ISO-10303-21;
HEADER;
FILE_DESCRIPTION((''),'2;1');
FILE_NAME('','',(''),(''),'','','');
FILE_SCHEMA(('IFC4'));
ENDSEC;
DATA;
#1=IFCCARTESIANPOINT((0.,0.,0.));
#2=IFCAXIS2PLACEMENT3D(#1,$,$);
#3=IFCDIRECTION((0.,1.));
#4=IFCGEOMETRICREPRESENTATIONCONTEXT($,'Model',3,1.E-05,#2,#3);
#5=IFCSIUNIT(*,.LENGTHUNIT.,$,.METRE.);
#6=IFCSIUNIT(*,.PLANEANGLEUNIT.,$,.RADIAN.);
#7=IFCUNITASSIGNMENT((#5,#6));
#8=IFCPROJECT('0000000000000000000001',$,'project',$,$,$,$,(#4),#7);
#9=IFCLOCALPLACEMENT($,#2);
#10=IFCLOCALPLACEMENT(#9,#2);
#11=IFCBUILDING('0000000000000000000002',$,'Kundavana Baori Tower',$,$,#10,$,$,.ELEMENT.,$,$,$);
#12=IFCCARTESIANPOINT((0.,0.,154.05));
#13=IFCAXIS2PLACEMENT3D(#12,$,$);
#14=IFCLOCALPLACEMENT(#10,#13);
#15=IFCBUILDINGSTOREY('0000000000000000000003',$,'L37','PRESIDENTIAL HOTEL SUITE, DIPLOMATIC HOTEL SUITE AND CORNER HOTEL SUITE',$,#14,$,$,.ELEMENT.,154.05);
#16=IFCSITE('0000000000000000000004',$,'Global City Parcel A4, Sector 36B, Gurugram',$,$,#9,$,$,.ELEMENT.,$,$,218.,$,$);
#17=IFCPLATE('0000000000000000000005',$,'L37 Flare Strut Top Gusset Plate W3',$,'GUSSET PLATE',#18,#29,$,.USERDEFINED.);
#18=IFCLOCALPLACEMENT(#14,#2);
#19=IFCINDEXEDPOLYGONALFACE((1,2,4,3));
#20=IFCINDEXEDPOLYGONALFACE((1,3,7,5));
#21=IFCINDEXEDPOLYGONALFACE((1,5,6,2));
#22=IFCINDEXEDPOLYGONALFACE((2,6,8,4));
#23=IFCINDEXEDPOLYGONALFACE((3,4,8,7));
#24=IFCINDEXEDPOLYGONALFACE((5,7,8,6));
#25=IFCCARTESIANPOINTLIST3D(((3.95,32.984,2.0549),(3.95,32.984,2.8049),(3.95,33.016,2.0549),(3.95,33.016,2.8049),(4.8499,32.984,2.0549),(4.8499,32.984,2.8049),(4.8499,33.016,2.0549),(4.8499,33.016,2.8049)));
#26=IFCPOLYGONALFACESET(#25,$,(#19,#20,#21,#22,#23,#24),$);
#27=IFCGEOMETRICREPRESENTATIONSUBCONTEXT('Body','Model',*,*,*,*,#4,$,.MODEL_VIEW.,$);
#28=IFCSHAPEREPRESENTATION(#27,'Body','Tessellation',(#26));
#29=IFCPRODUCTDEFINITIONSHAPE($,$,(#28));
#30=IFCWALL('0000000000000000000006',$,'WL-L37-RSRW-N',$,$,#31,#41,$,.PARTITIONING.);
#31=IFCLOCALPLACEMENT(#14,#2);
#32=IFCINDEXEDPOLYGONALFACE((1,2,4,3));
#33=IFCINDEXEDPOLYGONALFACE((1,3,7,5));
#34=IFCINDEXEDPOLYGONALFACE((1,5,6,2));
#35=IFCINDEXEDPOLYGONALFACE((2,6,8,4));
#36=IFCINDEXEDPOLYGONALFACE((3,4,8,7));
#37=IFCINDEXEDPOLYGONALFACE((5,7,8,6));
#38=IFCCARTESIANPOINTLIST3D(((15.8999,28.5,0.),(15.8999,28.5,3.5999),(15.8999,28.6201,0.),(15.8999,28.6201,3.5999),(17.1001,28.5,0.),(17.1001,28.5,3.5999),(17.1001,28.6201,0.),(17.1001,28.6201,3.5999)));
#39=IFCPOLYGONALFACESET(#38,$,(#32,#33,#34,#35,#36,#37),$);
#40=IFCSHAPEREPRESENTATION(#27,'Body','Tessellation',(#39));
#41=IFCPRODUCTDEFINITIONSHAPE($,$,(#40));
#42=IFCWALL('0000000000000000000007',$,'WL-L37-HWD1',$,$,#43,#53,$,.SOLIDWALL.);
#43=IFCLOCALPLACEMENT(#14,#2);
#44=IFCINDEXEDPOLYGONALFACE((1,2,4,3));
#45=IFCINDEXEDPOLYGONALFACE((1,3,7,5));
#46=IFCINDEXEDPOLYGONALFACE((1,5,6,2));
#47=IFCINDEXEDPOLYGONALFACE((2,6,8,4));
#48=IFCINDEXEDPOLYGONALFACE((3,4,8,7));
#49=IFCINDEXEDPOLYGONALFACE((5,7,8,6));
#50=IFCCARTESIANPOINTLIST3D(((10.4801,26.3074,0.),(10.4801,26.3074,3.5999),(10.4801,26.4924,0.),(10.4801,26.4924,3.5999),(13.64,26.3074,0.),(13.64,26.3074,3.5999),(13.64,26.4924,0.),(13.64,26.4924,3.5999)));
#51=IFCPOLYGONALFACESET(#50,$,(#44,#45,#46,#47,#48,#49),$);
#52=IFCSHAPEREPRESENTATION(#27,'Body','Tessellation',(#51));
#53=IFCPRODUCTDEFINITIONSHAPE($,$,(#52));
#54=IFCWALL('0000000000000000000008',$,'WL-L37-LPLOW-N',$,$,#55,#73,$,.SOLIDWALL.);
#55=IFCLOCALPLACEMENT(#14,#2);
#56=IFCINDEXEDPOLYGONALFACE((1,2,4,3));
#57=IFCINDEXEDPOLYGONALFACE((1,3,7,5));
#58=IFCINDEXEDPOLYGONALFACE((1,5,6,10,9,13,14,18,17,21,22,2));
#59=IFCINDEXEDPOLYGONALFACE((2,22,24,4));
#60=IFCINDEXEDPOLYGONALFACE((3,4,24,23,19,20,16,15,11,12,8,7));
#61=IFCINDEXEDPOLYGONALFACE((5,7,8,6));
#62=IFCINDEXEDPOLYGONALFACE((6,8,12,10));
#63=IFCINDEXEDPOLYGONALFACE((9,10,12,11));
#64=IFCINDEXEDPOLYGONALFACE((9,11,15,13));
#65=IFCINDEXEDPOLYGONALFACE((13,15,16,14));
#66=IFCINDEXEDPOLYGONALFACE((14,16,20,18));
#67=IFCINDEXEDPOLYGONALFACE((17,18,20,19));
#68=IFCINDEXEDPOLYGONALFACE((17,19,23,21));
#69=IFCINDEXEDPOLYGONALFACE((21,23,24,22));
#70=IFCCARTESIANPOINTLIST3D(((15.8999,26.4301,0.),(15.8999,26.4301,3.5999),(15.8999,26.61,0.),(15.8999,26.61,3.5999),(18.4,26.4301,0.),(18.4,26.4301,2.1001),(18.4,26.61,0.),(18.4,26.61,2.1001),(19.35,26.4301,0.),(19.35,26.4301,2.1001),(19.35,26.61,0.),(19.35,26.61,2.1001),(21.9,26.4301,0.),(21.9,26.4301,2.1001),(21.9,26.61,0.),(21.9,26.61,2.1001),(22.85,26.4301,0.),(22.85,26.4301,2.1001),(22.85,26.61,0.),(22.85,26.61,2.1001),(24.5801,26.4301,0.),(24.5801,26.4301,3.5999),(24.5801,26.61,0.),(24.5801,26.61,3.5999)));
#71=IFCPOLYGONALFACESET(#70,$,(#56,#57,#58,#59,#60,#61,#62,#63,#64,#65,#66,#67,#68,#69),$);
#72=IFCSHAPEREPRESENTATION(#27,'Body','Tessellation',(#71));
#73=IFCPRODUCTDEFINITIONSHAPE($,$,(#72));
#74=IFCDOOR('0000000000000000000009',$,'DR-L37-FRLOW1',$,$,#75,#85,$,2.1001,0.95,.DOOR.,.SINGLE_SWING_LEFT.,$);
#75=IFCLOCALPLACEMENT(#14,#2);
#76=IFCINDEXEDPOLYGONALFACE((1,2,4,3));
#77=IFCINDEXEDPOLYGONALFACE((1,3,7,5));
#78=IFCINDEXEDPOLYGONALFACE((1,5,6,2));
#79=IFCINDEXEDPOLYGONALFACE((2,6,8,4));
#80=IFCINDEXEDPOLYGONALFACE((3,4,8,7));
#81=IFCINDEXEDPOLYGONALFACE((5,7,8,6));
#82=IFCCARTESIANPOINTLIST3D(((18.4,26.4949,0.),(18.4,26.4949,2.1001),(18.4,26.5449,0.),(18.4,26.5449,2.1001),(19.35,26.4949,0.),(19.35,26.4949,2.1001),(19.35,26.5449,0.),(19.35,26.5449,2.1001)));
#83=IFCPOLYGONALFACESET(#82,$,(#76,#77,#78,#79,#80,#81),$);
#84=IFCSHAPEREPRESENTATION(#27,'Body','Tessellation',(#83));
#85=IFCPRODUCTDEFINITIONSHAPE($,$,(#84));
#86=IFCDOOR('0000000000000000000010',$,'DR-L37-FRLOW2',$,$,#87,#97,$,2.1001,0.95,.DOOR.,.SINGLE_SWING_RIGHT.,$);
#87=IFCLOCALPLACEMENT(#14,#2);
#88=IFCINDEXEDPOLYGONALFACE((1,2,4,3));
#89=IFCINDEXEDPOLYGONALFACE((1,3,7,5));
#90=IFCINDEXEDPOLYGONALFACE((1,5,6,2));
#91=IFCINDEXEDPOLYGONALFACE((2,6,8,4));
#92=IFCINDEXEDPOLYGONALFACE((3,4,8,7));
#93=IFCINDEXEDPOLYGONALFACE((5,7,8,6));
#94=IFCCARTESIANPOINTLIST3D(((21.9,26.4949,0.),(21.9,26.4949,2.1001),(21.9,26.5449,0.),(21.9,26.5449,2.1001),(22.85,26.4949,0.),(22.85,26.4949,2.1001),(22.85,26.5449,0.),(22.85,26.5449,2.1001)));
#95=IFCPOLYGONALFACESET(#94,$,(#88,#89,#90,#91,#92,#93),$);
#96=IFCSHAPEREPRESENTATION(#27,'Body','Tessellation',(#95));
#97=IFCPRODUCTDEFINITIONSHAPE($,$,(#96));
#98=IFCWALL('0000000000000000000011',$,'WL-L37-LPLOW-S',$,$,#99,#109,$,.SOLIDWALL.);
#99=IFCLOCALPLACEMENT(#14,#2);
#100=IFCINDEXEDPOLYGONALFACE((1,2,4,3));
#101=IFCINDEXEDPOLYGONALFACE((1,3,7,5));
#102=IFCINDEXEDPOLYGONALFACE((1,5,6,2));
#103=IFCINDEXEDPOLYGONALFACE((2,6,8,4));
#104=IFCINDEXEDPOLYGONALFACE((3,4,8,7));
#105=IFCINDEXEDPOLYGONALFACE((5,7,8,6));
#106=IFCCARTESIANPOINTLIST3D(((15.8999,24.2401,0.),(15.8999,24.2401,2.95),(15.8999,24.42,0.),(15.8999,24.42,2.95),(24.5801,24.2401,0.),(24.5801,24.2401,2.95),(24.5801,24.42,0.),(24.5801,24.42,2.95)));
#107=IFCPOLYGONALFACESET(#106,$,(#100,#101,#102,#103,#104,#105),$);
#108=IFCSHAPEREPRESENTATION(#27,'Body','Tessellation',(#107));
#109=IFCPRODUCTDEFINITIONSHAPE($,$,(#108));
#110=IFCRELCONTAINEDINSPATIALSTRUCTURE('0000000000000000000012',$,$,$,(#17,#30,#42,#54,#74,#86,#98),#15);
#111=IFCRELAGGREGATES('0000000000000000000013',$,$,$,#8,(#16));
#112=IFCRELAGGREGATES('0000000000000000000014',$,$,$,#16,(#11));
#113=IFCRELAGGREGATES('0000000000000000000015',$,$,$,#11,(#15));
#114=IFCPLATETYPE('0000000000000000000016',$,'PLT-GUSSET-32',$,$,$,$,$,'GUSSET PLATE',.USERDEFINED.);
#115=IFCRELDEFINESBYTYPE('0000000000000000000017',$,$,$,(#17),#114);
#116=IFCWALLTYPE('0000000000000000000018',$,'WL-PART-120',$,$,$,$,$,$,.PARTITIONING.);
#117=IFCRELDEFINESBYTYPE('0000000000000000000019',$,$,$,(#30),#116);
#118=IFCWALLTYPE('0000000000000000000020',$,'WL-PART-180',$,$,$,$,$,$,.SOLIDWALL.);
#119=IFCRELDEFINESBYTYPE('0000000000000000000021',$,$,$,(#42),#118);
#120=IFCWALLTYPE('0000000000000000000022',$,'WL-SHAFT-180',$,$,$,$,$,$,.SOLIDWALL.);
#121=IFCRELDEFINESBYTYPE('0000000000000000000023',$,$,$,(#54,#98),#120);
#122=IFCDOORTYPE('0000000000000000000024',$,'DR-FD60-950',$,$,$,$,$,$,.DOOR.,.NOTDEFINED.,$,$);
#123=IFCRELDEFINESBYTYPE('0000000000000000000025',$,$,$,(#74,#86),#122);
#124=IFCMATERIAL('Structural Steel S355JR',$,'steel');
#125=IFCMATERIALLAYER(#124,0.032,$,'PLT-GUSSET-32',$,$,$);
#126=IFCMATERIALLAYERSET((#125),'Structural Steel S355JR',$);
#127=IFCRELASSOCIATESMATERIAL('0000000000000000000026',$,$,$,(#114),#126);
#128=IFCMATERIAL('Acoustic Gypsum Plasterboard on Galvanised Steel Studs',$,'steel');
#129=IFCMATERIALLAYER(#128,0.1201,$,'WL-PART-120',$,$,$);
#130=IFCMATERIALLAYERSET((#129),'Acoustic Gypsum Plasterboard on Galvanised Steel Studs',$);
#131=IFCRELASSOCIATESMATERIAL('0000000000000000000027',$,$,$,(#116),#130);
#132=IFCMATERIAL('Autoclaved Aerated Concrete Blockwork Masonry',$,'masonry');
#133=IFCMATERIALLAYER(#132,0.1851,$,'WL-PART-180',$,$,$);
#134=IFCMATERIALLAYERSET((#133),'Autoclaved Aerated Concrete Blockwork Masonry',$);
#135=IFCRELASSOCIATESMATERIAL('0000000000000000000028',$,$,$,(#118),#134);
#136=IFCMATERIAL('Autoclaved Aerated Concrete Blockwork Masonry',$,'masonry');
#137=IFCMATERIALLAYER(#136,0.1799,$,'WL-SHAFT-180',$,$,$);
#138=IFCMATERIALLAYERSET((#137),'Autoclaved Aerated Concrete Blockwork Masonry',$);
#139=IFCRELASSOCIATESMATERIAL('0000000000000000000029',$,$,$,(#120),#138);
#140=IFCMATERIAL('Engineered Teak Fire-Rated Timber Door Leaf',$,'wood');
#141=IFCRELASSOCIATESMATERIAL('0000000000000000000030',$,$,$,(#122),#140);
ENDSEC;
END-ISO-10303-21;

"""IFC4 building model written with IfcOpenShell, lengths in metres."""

from ifc_helpers import new_model, si_unit, direction, frame, frame_2d, origin, origin_2d, place, context, subcontext, project, spatial, rectangle, extrude, material, layer, layer_set, type_object, element, fill, save


model = new_model("IFC4")

# Units and contexts
model_context = context("Model", 3, precision=1e-05, world=origin(), true_north=direction((0.0, 1.0)))
body_context = subcontext(model_context, "Body", "Model", "MODEL_VIEW")
ifc_project = project(units=[si_unit("LENGTHUNIT", "METRE"), si_unit("PLANEANGLEUNIT", "RADIAN")], contexts=[model_context])

# Site, building, storey
site_placement = place(None, origin())
site = spatial("IfcSite", under=ifc_project, at=site_placement, Name="Global City Parcel A4, Sector 36B, Gurugram", CompositionType="ELEMENT", RefElevation=218.0)
building_placement = place(site_placement, origin())
building = spatial("IfcBuilding", under=site, at=building_placement, Name="Kundavana Baori Tower", CompositionType="ELEMENT")
storey_placement = place(building_placement, frame((0.0, 0.0, 154.05)))
storey = spatial("IfcBuildingStorey", under=building, at=storey_placement, Name="L37", Description="PRESIDENTIAL HOTEL SUITE, DIPLOMATIC HOTEL SUITE AND CORNER HOTEL SUITE", CompositionType="ELEMENT", Elevation=154.05)

# Plate
ifc_material_1 = material(Name="Structural Steel S355JR", Category="steel")
ifc_layer_1 = layer(ifc_material_1, 0.032, Name="PLT-GUSSET-32")
ifc_layer_set_1 = layer_set([ifc_layer_1], Name="Structural Steel S355JR")
plate_type = type_object("IfcPlateType", Name="PLT-GUSSET-32", ElementType="GUSSET PLATE", PredefinedType="USERDEFINED", material=ifc_layer_set_1)
for number, where, z_axis, x_axis, name in (
    (1, (4.3999, 33.0, 2.0549), (0.0, 0.0, 1.0), (1.0, 0.0, 0.0), "L37 Flare Strut Top Gusset Plate W3"),
):
    element("IfcPlate", number, at=place(storey_placement, frame(where, z_axis=z_axis, x_axis=x_axis)), inside=storey, type_object=plate_type, Name=name, ObjectType="GUSSET PLATE", PredefinedType="USERDEFINED", context=body_context, shape_type="SweptSolid", body=[
        extrude(rectangle(XDim=0.8999, YDim=0.032, at=origin_2d()), origin(), (0.0, 0.0, 1.0), 0.75),
    ])

# Walls
ifc_material_2 = material(Name="Acoustic Gypsum Plasterboard on Galvanised Steel Studs", Category="steel")
ifc_layer_2 = layer(ifc_material_2, 0.1201, Name="WL-PART-120")
ifc_layer_set_2 = layer_set([ifc_layer_2], Name="Acoustic Gypsum Plasterboard on Galvanised Steel Studs")
wall_type_1 = type_object("IfcWallType", Name="WL-PART-120", PredefinedType="PARTITIONING", material=ifc_layer_set_2)
wall_1_placement = place(storey_placement, frame((15.8999, 28.5601, 0.0), z_axis=(0.0, 0.0, 1.0), x_axis=(1.0, 0.0, 0.0)))
element("IfcWall", 2, at=wall_1_placement, inside=storey, type_object=wall_type_1, Name="WL-L37-RSRW-N", PredefinedType="PARTITIONING", context=body_context, shape_type="SweptSolid", body=[
    extrude(rectangle(XDim=1.2002, YDim=0.1201, at=frame_2d((0.6001, 0.0))), origin(), (0.0, 0.0, 1.0), 3.5999),
])
ifc_material_3 = material(Name="Autoclaved Aerated Concrete Blockwork Masonry", Category="masonry")
ifc_layer_3 = layer(ifc_material_3, 0.1851, Name="WL-PART-180")
ifc_layer_set_3 = layer_set([ifc_layer_3], Name="Autoclaved Aerated Concrete Blockwork Masonry")
wall_type_2 = type_object("IfcWallType", Name="WL-PART-180", PredefinedType="SOLIDWALL", material=ifc_layer_set_3)
wall_2_placement = place(storey_placement, frame((10.48, 26.3999, 0.0), z_axis=(0.0, 0.0, 1.0), x_axis=(1.0, 0.0, 0.0)))
element("IfcWall", 3, at=wall_2_placement, inside=storey, type_object=wall_type_2, Name="WL-L37-HWD1", PredefinedType="SOLIDWALL", context=body_context, shape_type="SweptSolid", body=[
    extrude(rectangle(XDim=3.1599, YDim=0.1851, at=frame_2d((1.5801, 0.0))), origin(), (0.0, 0.0, 1.0), 3.5999),
])

# Wall, openings, doors
ifc_material_4 = material(Name="Autoclaved Aerated Concrete Blockwork Masonry", Category="masonry")
ifc_layer_4 = layer(ifc_material_4, 0.1799, Name="WL-SHAFT-180")
ifc_layer_set_4 = layer_set([ifc_layer_4], Name="Autoclaved Aerated Concrete Blockwork Masonry")
wall_type_3 = type_object("IfcWallType", Name="WL-SHAFT-180", PredefinedType="SOLIDWALL", material=ifc_layer_set_4)
wall_3_placement = place(storey_placement, frame((15.8999, 26.52, 0.0), z_axis=(0.0, 0.0, 1.0), x_axis=(1.0, 0.0, 0.0)))
wall_3 = element("IfcWall", 4, at=wall_3_placement, inside=storey, type_object=wall_type_3, Name="WL-L37-LPLOW-N", PredefinedType="SOLIDWALL", context=body_context, shape_type="SweptSolid", body=[
    extrude(rectangle(XDim=8.6802, YDim=0.1799, at=frame_2d((4.3401, 0.0))), origin(), (0.0, 0.0, 1.0), 3.5999),
])
opening_1_placement = place(wall_3_placement, frame((2.5, 0.0, 0.0)))
opening_1 = element("IfcOpeningElement", 5, at=opening_1_placement, cuts=wall_3, PredefinedType="OPENING", context=body_context, shape_type="SweptSolid", body=[
    extrude(rectangle(XDim=0.95, YDim=2.1001, at=frame_2d((0.4751, 1.05))), frame((0.0, 0.1001, 0.0), z_axis=(0.0, -1.0, 0.0), x_axis=(1.0, 0.0, 0.0)), (0.0, 0.0, 1.0), 0.2),
])
opening_2_placement = place(wall_3_placement, frame((6.0, 0.0, 0.0)))
opening_2 = element("IfcOpeningElement", 6, at=opening_2_placement, cuts=wall_3, PredefinedType="OPENING", context=body_context, shape_type="SweptSolid", body=[
    extrude(rectangle(XDim=0.95, YDim=2.1001, at=frame_2d((0.4751, 1.05))), frame((0.0, 0.1001, 0.0), z_axis=(0.0, -1.0, 0.0), x_axis=(1.0, 0.0, 0.0)), (0.0, 0.0, 1.0), 0.2),
])
ifc_material_5 = material(Name="Engineered Teak Fire-Rated Timber Door Leaf", Category="wood")
door_type_1 = type_object("IfcDoorType", Name="DR-FD60-950", OperationType="NOTDEFINED", PredefinedType="DOOR", material=ifc_material_5)
door_1_placement = place(opening_1_placement, origin())
door_1 = element("IfcDoor", 7, at=door_1_placement, inside=storey, type_object=door_type_1, Name="DR-L37-FRLOW1", OperationType="SINGLE_SWING_LEFT", OverallHeight=2.1001, OverallWidth=0.95, PredefinedType="DOOR", context=body_context, shape_type="SweptSolid", body=[
    extrude(rectangle(XDim=0.95, YDim=2.1001, at=frame_2d((0.4751, 1.05))), frame((0.0, 0.0249, 0.0), z_axis=(0.0, -1.0, 0.0), x_axis=(1.0, 0.0, 0.0)), (0.0, 0.0, 1.0), 0.05),
])
fill(opening_1, door_1)
door_2_placement = place(opening_2_placement, origin())
door_2 = element("IfcDoor", 8, at=door_2_placement, inside=storey, type_object=door_type_1, Name="DR-L37-FRLOW2", OperationType="SINGLE_SWING_RIGHT", OverallHeight=2.1001, OverallWidth=0.95, PredefinedType="DOOR", context=body_context, shape_type="SweptSolid", body=[
    extrude(rectangle(XDim=0.95, YDim=2.1001, at=frame_2d((0.4751, 1.05))), frame((0.0, 0.0249, 0.0), z_axis=(0.0, -1.0, 0.0), x_axis=(1.0, 0.0, 0.0)), (0.0, 0.0, 1.0), 0.05),
])
fill(opening_2, door_2)

# Wall
wall_4_placement = place(storey_placement, frame((15.8999, 24.3301, 0.0), z_axis=(0.0, 0.0, 1.0), x_axis=(1.0, 0.0, 0.0)))
element("IfcWall", 9, at=wall_4_placement, inside=storey, type_object=wall_type_3, Name="WL-L37-LPLOW-S", PredefinedType="SOLIDWALL", context=body_context, shape_type="SweptSolid", body=[
    extrude(rectangle(XDim=8.6802, YDim=0.1799, at=frame_2d((4.3401, 0.0))), origin(), (0.0, 0.0, 1.0), 2.95),
])

save(model, "model.ifc")
